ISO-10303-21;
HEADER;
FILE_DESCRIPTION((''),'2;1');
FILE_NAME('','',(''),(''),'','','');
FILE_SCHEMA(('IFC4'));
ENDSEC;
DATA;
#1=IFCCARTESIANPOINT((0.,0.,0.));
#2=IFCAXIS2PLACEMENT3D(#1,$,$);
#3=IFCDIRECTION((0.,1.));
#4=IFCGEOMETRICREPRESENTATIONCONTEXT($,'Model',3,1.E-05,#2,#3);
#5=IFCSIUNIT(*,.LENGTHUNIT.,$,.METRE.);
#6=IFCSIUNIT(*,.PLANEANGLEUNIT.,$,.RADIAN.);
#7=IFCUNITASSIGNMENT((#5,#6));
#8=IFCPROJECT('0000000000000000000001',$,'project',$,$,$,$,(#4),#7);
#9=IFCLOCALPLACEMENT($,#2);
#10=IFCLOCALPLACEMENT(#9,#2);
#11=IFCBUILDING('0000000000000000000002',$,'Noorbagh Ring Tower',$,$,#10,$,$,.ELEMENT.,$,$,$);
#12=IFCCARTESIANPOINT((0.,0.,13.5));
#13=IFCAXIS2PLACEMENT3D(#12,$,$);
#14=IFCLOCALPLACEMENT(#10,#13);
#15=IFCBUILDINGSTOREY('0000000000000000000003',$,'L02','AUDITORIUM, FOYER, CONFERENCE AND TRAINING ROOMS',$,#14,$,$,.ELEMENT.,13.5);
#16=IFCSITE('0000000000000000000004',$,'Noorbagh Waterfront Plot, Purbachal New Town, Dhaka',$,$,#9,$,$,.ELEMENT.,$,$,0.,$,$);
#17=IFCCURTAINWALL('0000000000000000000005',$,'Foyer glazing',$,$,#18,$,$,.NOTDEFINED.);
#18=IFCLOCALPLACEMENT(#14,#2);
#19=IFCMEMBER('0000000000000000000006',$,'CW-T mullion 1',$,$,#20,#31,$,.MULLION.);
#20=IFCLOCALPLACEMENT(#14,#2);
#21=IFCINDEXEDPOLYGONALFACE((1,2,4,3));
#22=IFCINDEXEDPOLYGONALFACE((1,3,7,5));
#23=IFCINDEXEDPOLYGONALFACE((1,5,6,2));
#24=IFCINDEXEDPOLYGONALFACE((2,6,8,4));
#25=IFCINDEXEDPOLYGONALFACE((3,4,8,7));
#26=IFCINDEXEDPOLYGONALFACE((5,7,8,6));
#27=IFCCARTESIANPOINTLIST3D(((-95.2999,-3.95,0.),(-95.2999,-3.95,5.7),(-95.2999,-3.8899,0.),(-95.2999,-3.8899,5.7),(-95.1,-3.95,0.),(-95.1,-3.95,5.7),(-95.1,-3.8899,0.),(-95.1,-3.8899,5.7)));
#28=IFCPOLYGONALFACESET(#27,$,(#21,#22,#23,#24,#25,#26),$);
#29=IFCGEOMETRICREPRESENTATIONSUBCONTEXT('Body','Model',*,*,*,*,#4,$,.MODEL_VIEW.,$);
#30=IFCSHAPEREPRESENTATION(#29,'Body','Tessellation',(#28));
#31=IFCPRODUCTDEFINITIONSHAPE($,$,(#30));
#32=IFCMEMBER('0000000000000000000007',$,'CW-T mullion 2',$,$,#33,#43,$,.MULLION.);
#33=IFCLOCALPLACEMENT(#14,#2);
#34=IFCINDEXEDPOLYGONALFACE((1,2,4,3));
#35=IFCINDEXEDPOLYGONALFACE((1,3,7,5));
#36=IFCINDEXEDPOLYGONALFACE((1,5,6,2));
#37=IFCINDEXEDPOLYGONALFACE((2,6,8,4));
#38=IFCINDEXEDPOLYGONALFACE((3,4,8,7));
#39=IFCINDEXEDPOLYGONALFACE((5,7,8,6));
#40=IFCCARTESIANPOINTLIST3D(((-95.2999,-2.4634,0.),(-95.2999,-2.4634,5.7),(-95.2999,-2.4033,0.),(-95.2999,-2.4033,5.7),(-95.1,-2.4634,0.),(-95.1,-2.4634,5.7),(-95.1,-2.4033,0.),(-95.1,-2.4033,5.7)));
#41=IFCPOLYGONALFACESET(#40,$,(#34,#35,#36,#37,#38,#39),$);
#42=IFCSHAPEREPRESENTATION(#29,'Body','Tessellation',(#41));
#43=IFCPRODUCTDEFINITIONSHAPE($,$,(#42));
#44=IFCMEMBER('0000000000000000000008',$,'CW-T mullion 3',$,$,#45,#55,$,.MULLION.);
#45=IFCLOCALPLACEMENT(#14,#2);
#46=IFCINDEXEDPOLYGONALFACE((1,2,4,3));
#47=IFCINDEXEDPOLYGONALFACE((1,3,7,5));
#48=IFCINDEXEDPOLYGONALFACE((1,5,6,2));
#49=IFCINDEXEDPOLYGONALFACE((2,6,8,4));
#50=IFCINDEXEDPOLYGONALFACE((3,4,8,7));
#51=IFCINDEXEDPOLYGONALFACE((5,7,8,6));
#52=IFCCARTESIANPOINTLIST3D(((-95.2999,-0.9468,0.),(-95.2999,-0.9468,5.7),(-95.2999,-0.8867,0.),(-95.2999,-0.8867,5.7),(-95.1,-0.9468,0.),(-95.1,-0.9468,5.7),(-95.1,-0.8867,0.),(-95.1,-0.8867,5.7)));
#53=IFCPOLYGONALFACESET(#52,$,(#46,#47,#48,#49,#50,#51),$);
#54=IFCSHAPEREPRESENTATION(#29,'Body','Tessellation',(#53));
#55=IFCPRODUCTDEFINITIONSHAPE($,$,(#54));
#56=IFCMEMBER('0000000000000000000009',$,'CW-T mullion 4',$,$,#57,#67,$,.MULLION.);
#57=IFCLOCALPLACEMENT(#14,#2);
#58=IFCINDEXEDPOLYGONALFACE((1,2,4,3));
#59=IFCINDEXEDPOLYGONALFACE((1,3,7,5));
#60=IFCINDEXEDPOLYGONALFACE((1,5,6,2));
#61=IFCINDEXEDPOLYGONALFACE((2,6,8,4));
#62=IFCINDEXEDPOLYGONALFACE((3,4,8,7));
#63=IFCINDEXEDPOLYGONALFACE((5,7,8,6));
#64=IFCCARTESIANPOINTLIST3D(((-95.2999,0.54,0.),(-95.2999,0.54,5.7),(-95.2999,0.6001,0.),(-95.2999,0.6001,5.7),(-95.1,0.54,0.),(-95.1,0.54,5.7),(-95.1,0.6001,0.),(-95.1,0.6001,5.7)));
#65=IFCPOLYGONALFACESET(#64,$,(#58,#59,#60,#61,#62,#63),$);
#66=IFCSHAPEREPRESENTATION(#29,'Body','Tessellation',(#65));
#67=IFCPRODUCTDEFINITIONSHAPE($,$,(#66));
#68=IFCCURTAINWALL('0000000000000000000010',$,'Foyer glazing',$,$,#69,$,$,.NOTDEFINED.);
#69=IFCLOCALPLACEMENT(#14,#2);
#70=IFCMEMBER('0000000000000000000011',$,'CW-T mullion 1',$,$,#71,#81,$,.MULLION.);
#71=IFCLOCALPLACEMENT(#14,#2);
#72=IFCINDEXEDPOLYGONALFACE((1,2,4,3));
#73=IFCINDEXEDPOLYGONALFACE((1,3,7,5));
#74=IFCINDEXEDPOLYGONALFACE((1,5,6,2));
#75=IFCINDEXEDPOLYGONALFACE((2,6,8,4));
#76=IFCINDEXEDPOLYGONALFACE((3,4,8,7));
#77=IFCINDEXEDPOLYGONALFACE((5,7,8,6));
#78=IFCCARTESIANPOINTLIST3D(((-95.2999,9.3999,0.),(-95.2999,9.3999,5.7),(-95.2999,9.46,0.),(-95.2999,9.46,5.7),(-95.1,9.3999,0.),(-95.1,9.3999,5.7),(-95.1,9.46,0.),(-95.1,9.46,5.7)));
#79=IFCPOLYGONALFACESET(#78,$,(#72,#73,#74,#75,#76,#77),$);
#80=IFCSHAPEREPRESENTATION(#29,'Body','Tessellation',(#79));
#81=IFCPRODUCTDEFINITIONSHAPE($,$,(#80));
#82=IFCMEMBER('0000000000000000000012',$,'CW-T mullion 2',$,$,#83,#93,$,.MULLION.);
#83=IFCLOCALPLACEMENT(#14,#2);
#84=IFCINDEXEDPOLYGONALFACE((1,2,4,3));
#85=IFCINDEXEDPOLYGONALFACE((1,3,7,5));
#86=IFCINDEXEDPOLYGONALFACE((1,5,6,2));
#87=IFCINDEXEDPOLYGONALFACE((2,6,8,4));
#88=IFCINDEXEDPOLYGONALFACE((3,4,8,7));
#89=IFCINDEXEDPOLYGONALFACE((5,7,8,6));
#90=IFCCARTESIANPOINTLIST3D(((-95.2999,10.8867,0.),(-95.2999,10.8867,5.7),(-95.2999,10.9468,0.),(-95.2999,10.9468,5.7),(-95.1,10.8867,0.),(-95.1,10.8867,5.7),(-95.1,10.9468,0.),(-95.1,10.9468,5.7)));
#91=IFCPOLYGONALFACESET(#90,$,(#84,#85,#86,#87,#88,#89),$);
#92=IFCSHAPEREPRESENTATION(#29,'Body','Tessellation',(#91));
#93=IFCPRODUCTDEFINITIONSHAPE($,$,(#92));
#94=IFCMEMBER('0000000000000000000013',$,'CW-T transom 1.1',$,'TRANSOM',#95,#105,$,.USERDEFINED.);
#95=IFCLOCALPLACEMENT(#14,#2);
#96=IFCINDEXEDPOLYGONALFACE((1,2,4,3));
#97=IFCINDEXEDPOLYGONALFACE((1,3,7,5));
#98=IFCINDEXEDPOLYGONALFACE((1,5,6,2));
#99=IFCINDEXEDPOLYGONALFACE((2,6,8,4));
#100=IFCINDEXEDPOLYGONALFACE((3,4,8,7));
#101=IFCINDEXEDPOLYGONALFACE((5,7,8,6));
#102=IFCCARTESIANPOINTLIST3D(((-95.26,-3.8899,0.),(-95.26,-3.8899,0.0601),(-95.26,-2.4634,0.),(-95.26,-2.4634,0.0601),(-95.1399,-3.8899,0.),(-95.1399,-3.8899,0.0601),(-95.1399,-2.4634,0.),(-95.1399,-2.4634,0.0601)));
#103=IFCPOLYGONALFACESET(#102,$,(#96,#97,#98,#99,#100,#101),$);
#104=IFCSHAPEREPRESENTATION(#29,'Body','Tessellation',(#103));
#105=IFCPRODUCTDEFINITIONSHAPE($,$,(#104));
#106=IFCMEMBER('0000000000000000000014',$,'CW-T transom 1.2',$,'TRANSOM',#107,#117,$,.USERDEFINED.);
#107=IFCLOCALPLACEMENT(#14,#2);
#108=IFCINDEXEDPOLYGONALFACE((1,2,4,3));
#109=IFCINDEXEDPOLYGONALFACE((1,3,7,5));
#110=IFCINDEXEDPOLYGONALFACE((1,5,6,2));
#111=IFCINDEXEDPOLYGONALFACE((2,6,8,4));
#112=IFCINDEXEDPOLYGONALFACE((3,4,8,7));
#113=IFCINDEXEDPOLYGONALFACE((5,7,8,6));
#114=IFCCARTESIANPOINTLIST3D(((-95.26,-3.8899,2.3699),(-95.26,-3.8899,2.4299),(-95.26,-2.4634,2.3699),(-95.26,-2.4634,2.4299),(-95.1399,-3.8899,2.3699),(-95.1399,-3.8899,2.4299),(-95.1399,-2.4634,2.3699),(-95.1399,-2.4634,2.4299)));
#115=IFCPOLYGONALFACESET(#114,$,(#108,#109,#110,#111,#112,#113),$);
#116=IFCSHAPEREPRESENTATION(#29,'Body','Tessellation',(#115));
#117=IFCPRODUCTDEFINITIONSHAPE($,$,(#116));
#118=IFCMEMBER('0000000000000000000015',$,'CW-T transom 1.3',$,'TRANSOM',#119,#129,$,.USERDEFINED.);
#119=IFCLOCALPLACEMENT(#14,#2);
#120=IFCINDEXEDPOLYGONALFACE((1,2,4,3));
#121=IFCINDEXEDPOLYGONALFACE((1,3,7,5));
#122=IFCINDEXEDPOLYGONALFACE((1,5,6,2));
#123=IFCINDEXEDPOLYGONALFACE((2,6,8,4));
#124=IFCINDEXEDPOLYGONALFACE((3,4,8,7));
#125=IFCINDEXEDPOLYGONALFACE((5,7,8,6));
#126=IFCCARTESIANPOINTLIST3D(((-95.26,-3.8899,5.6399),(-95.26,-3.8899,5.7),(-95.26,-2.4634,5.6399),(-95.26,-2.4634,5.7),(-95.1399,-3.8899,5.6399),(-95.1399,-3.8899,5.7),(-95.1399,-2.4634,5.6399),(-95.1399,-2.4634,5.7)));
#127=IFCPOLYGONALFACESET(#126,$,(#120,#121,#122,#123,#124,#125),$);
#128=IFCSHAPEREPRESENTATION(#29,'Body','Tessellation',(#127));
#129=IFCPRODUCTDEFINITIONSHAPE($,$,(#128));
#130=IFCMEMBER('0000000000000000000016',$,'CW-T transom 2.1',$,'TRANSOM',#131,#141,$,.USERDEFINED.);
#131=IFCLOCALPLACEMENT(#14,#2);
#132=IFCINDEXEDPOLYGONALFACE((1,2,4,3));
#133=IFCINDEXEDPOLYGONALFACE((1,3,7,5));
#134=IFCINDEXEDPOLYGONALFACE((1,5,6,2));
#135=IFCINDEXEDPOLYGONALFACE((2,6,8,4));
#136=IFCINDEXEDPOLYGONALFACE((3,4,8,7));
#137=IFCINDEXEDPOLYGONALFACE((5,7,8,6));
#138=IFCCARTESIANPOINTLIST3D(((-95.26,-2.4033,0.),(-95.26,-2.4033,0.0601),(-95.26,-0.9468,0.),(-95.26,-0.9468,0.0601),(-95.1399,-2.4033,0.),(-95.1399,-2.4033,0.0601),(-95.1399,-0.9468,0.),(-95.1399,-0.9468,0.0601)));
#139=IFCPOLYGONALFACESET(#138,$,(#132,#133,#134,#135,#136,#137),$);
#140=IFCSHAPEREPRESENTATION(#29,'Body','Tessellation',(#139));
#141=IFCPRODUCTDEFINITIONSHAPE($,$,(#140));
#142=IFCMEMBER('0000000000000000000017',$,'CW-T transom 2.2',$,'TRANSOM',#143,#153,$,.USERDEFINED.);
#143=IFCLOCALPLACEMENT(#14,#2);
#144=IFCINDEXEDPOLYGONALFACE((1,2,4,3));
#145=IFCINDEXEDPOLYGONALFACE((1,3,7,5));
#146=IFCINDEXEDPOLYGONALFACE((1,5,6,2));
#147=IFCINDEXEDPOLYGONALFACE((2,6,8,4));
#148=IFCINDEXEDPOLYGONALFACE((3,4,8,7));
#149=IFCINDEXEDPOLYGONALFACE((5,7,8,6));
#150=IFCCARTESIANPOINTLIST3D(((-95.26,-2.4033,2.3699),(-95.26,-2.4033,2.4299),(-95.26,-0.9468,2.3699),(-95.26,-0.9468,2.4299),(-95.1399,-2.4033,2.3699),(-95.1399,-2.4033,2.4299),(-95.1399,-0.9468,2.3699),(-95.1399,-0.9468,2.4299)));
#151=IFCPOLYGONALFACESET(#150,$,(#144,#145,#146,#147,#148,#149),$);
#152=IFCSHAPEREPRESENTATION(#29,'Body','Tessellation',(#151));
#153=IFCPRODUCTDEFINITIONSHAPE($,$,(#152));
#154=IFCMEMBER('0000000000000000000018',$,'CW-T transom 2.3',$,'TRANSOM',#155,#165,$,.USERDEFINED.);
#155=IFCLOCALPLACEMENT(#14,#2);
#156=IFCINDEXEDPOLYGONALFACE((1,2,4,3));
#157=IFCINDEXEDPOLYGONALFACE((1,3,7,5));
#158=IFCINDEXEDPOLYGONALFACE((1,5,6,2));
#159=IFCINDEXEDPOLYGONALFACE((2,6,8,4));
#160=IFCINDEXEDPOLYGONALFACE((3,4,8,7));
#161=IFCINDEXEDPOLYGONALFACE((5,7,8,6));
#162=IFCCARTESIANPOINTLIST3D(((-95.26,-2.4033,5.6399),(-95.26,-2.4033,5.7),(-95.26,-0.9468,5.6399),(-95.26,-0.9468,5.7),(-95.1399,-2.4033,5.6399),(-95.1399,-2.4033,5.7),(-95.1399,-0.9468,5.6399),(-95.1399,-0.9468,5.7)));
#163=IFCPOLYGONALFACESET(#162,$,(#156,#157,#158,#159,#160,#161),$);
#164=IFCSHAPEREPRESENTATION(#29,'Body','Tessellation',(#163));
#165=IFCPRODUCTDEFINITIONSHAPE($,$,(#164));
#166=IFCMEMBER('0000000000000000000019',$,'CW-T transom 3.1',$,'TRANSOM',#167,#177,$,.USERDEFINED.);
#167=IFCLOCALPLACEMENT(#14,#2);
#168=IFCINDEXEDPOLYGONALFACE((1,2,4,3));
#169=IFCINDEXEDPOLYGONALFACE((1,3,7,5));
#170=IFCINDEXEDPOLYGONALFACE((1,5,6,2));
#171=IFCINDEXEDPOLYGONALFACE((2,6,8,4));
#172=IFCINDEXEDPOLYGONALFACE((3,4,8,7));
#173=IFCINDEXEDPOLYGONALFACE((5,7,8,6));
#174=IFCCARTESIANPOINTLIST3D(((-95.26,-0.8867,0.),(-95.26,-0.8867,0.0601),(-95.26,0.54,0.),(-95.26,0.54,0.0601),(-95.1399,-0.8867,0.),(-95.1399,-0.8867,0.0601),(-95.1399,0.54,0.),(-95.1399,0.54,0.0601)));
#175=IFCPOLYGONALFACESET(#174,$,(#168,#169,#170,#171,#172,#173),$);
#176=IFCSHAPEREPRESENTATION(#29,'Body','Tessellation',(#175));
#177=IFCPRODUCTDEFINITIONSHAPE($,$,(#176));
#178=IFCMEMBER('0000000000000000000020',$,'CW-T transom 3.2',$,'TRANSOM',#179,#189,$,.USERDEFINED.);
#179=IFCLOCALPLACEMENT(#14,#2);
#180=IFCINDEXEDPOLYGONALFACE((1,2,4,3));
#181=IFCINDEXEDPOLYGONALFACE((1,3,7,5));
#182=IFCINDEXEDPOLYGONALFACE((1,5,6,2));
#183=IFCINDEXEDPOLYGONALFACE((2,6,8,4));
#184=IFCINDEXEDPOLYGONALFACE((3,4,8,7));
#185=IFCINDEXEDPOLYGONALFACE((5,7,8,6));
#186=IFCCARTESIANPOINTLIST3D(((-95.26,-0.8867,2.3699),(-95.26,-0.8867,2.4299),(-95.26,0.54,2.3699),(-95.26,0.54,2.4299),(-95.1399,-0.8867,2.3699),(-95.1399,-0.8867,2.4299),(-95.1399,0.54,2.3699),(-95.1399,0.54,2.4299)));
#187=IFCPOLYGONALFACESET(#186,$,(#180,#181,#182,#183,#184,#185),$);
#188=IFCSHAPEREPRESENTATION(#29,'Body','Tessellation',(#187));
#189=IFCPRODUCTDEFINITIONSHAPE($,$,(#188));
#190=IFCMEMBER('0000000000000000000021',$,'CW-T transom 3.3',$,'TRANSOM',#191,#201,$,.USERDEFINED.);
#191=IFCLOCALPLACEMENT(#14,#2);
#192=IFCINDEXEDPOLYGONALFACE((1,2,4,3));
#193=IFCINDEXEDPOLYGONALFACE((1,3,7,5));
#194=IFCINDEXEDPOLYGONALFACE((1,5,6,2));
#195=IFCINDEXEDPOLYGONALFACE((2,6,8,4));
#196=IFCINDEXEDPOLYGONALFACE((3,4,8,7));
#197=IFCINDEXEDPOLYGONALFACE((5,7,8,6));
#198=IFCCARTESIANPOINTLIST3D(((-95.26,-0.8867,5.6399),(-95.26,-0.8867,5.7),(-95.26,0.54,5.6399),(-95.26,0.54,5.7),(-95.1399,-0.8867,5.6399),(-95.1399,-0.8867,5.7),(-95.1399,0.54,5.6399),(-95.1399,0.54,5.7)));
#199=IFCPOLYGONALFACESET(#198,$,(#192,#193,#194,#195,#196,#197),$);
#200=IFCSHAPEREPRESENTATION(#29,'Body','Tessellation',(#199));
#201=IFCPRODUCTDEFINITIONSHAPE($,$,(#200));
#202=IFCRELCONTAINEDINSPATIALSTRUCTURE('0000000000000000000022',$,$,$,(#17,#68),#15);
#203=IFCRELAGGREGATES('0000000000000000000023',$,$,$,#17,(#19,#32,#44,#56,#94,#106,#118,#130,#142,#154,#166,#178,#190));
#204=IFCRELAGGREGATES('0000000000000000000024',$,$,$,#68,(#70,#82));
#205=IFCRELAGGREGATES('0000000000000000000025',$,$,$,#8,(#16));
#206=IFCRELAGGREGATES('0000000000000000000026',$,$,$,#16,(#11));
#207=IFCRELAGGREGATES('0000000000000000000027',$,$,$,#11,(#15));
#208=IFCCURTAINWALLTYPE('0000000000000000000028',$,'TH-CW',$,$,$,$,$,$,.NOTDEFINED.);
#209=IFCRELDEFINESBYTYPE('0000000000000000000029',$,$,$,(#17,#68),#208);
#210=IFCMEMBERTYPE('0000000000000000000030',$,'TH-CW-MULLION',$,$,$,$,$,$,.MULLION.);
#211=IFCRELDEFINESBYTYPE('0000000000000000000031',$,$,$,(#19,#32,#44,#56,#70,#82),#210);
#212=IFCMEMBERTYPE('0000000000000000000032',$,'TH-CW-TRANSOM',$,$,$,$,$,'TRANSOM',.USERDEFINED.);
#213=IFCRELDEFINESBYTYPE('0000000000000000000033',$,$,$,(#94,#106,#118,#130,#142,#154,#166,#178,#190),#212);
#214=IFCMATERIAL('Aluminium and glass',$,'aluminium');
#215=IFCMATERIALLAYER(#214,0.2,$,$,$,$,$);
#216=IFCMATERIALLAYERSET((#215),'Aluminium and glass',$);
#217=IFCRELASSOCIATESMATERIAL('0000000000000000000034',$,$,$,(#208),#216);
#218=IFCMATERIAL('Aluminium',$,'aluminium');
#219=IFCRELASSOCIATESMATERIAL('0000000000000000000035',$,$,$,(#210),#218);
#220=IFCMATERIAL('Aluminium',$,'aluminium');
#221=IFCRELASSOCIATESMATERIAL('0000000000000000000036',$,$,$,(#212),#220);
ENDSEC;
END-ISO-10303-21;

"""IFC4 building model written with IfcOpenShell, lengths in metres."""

from ifc_helpers import new_model, si_unit, direction, frame, origin, origin_2d, place, context, subcontext, project, spatial, rectangle, extrude, material, layer, layer_set, material_profile, profile_set, type_object, element, aggregate, save


model = new_model("IFC4")

# Units and contexts
model_context = context("Model", 3, precision=1e-05, world=origin(), true_north=direction((0.0, 1.0)))
body_context = subcontext(model_context, "Body", "Model", "MODEL_VIEW")
ifc_project = project(units=[si_unit("LENGTHUNIT", "METRE"), si_unit("PLANEANGLEUNIT", "RADIAN")], contexts=[model_context])

# Site, building, storey
site_placement = place(None, origin())
site = spatial("IfcSite", under=ifc_project, at=site_placement, Name="Noorbagh Waterfront Plot, Purbachal New Town, Dhaka", CompositionType="ELEMENT", RefElevation=0.0)
building_placement = place(site_placement, origin())
building = spatial("IfcBuilding", under=site, at=building_placement, Name="Noorbagh Ring Tower", CompositionType="ELEMENT")
storey_placement = place(building_placement, frame((0.0, 0.0, 13.5)))
storey = spatial("IfcBuildingStorey", under=building, at=storey_placement, Name="L02", Description="AUDITORIUM, FOYER, CONFERENCE AND TRAINING ROOMS", CompositionType="ELEMENT", Elevation=13.5)

# Curtain walls, members
ifc_material_1 = material(Name="Aluminium and glass", Category="aluminium")
ifc_layer_1 = layer(ifc_material_1, 0.2)
ifc_layer_set_1 = layer_set([ifc_layer_1], Name="Aluminium and glass")
curtain_wall_type = type_object("IfcCurtainWallType", Name="TH-CW", PredefinedType="NOTDEFINED", material=ifc_layer_set_1)
curtain_wall_1_placement = place(storey_placement, origin())
curtain_wall_1 = element("IfcCurtainWall", 1, at=curtain_wall_1_placement, inside=storey, type_object=curtain_wall_type, Name="Foyer glazing", PredefinedType="NOTDEFINED")
ifc_material_2 = material(Name="Aluminium", Category="aluminium")
ifc_material_profile_1 = material_profile(ifc_material_2, rectangle(XDim=0.2, YDim=0.0601, at=origin_2d()), Name="AL 200x60")
ifc_profile_set_1 = profile_set([ifc_material_profile_1], Name="Aluminium")
member_type_1 = type_object("IfcMemberType", Name="TH-CW-MULLION", PredefinedType="MULLION", material=ifc_profile_set_1)
member_1_placement = place(storey_placement, frame((-95.2, -3.9199, 0.0), z_axis=(0.0, 0.0, 1.0), x_axis=(-1.0, 0.0, 0.0)))
member_1 = element("IfcMember", 2, at=member_1_placement, type_object=member_type_1, Name="CW-T mullion 1", PredefinedType="MULLION", context=body_context, shape_type="SweptSolid", body=[
    extrude(rectangle(XDim=0.2, YDim=0.0601, at=origin_2d()), origin(), (0.0, 0.0, 1.0), 5.7),
])
member_2_placement = place(storey_placement, frame((-95.2, -2.4333, 0.0), z_axis=(0.0, 0.0, 1.0), x_axis=(-1.0, 0.0, 0.0)))
member_2 = element("IfcMember", 3, at=member_2_placement, type_object=member_type_1, Name="CW-T mullion 2", PredefinedType="MULLION", context=body_context, shape_type="SweptSolid", body=[
    extrude(rectangle(XDim=0.2, YDim=0.0601, at=origin_2d()), origin(), (0.0, 0.0, 1.0), 5.7),
])
member_3_placement = place(storey_placement, frame((-95.2, -0.9167, 0.0), z_axis=(0.0, 0.0, 1.0), x_axis=(-1.0, 0.0, 0.0)))
member_3 = element("IfcMember", 4, at=member_3_placement, type_object=member_type_1, Name="CW-T mullion 3", PredefinedType="MULLION", context=body_context, shape_type="SweptSolid", body=[
    extrude(rectangle(XDim=0.2, YDim=0.0601, at=origin_2d()), origin(), (0.0, 0.0, 1.0), 5.7),
])
member_4_placement = place(storey_placement, frame((-95.2, 0.5701, 0.0), z_axis=(0.0, 0.0, 1.0), x_axis=(-1.0, 0.0, 0.0)))
member_4 = element("IfcMember", 5, at=member_4_placement, type_object=member_type_1, Name="CW-T mullion 4", PredefinedType="MULLION", context=body_context, shape_type="SweptSolid", body=[
    extrude(rectangle(XDim=0.2, YDim=0.0601, at=origin_2d()), origin(), (0.0, 0.0, 1.0), 5.7),
])
curtain_wall_2_placement = place(storey_placement, origin())
curtain_wall_2 = element("IfcCurtainWall", 6, at=curtain_wall_2_placement, inside=storey, type_object=curtain_wall_type, Name="Foyer glazing", PredefinedType="NOTDEFINED")
member_5_placement = place(storey_placement, frame((-95.2, 9.4299, 0.0), z_axis=(0.0, 0.0, 1.0), x_axis=(-1.0, 0.0, 0.0)))
member_5 = element("IfcMember", 7, at=member_5_placement, type_object=member_type_1, Name="CW-T mullion 1", PredefinedType="MULLION", context=body_context, shape_type="SweptSolid", body=[
    extrude(rectangle(XDim=0.2, YDim=0.0601, at=origin_2d()), origin(), (0.0, 0.0, 1.0), 5.7),
])
member_6_placement = place(storey_placement, frame((-95.2, 10.9167, 0.0), z_axis=(0.0, 0.0, 1.0), x_axis=(-1.0, 0.0, 0.0)))
member_6 = element("IfcMember", 8, at=member_6_placement, type_object=member_type_1, Name="CW-T mullion 2", PredefinedType="MULLION", context=body_context, shape_type="SweptSolid", body=[
    extrude(rectangle(XDim=0.2, YDim=0.0601, at=origin_2d()), origin(), (0.0, 0.0, 1.0), 5.7),
])

# Members
ifc_material_3 = material(Name="Aluminium", Category="aluminium")
ifc_material_profile_2 = material_profile(ifc_material_3, rectangle(XDim=0.1201, YDim=0.0601, at=origin_2d()), Name="AL 120x60")
ifc_profile_set_2 = profile_set([ifc_material_profile_2], Name="Aluminium")
member_type_2 = type_object("IfcMemberType", Name="TH-CW-TRANSOM", ElementType="TRANSOM", PredefinedType="USERDEFINED", material=ifc_profile_set_2)
member_7_placement = place(storey_placement, frame((-95.2, -3.8899, 0.03), z_axis=(0.0, 1.0, 0.0), x_axis=(-1.0, 0.0, 0.0)))
member_7 = element("IfcMember", 9, at=member_7_placement, type_object=member_type_2, Name="CW-T transom 1.1", ObjectType="TRANSOM", PredefinedType="USERDEFINED", context=body_context, shape_type="SweptSolid", body=[
    extrude(rectangle(XDim=0.1201, YDim=0.0601, at=origin_2d()), origin(), (0.0, 0.0, 1.0), 1.4265),
])
member_8_placement = place(storey_placement, frame((-95.2, -3.8899, 2.3999), z_axis=(0.0, 1.0, 0.0), x_axis=(-1.0, 0.0, 0.0)))
member_8 = element("IfcMember", 10, at=member_8_placement, type_object=member_type_2, Name="CW-T transom 1.2", ObjectType="TRANSOM", PredefinedType="USERDEFINED", context=body_context, shape_type="SweptSolid", body=[
    extrude(rectangle(XDim=0.1201, YDim=0.0601, at=origin_2d()), origin(), (0.0, 0.0, 1.0), 1.4265),
])
member_9_placement = place(storey_placement, frame((-95.2, -3.8899, 5.6699), z_axis=(0.0, 1.0, 0.0), x_axis=(-1.0, 0.0, 0.0)))
member_9 = element("IfcMember", 11, at=member_9_placement, type_object=member_type_2, Name="CW-T transom 1.3", ObjectType="TRANSOM", PredefinedType="USERDEFINED", context=body_context, shape_type="SweptSolid", body=[
    extrude(rectangle(XDim=0.1201, YDim=0.0601, at=origin_2d()), origin(), (0.0, 0.0, 1.0), 1.4265),
])
member_10_placement = place(storey_placement, frame((-95.2, -2.4033, 0.03), z_axis=(0.0, 1.0, 0.0), x_axis=(-1.0, 0.0, 0.0)))
member_10 = element("IfcMember", 12, at=member_10_placement, type_object=member_type_2, Name="CW-T transom 2.1", ObjectType="TRANSOM", PredefinedType="USERDEFINED", context=body_context, shape_type="SweptSolid", body=[
    extrude(rectangle(XDim=0.1201, YDim=0.0601, at=origin_2d()), origin(), (0.0, 0.0, 1.0), 1.4565),
])
member_11_placement = place(storey_placement, frame((-95.2, -2.4033, 2.3999), z_axis=(0.0, 1.0, 0.0), x_axis=(-1.0, 0.0, 0.0)))
member_11 = element("IfcMember", 13, at=member_11_placement, type_object=member_type_2, Name="CW-T transom 2.2", ObjectType="TRANSOM", PredefinedType="USERDEFINED", context=body_context, shape_type="SweptSolid", body=[
    extrude(rectangle(XDim=0.1201, YDim=0.0601, at=origin_2d()), origin(), (0.0, 0.0, 1.0), 1.4565),
])
member_12_placement = place(storey_placement, frame((-95.2, -2.4033, 5.6699), z_axis=(0.0, 1.0, 0.0), x_axis=(-1.0, 0.0, 0.0)))
member_12 = element("IfcMember", 14, at=member_12_placement, type_object=member_type_2, Name="CW-T transom 2.3", ObjectType="TRANSOM", PredefinedType="USERDEFINED", context=body_context, shape_type="SweptSolid", body=[
    extrude(rectangle(XDim=0.1201, YDim=0.0601, at=origin_2d()), origin(), (0.0, 0.0, 1.0), 1.4565),
])
member_13_placement = place(storey_placement, frame((-95.2, -0.8867, 0.03), z_axis=(0.0, 1.0, 0.0), x_axis=(-1.0, 0.0, 0.0)))
member_13 = element("IfcMember", 15, at=member_13_placement, type_object=member_type_2, Name="CW-T transom 3.1", ObjectType="TRANSOM", PredefinedType="USERDEFINED", context=body_context, shape_type="SweptSolid", body=[
    extrude(rectangle(XDim=0.1201, YDim=0.0601, at=origin_2d()), origin(), (0.0, 0.0, 1.0), 1.4268),
])
member_14_placement = place(storey_placement, frame((-95.2, -0.8867, 2.3999), z_axis=(0.0, 1.0, 0.0), x_axis=(-1.0, 0.0, 0.0)))
member_14 = element("IfcMember", 16, at=member_14_placement, type_object=member_type_2, Name="CW-T transom 3.2", ObjectType="TRANSOM", PredefinedType="USERDEFINED", context=body_context, shape_type="SweptSolid", body=[
    extrude(rectangle(XDim=0.1201, YDim=0.0601, at=origin_2d()), origin(), (0.0, 0.0, 1.0), 1.4268),
])
member_15_placement = place(storey_placement, frame((-95.2, -0.8867, 5.6699), z_axis=(0.0, 1.0, 0.0), x_axis=(-1.0, 0.0, 0.0)))
member_15 = element("IfcMember", 17, at=member_15_placement, type_object=member_type_2, Name="CW-T transom 3.3", ObjectType="TRANSOM", PredefinedType="USERDEFINED", context=body_context, shape_type="SweptSolid", body=[
    extrude(rectangle(XDim=0.1201, YDim=0.0601, at=origin_2d()), origin(), (0.0, 0.0, 1.0), 1.4268),
])

aggregate(curtain_wall_1, [member_1, member_2, member_3, member_4, member_7, member_8, member_9, member_10, member_11, member_12, member_13, member_14, member_15])
aggregate(curtain_wall_2, [member_5, member_6])

save(model, "model.ifc")
